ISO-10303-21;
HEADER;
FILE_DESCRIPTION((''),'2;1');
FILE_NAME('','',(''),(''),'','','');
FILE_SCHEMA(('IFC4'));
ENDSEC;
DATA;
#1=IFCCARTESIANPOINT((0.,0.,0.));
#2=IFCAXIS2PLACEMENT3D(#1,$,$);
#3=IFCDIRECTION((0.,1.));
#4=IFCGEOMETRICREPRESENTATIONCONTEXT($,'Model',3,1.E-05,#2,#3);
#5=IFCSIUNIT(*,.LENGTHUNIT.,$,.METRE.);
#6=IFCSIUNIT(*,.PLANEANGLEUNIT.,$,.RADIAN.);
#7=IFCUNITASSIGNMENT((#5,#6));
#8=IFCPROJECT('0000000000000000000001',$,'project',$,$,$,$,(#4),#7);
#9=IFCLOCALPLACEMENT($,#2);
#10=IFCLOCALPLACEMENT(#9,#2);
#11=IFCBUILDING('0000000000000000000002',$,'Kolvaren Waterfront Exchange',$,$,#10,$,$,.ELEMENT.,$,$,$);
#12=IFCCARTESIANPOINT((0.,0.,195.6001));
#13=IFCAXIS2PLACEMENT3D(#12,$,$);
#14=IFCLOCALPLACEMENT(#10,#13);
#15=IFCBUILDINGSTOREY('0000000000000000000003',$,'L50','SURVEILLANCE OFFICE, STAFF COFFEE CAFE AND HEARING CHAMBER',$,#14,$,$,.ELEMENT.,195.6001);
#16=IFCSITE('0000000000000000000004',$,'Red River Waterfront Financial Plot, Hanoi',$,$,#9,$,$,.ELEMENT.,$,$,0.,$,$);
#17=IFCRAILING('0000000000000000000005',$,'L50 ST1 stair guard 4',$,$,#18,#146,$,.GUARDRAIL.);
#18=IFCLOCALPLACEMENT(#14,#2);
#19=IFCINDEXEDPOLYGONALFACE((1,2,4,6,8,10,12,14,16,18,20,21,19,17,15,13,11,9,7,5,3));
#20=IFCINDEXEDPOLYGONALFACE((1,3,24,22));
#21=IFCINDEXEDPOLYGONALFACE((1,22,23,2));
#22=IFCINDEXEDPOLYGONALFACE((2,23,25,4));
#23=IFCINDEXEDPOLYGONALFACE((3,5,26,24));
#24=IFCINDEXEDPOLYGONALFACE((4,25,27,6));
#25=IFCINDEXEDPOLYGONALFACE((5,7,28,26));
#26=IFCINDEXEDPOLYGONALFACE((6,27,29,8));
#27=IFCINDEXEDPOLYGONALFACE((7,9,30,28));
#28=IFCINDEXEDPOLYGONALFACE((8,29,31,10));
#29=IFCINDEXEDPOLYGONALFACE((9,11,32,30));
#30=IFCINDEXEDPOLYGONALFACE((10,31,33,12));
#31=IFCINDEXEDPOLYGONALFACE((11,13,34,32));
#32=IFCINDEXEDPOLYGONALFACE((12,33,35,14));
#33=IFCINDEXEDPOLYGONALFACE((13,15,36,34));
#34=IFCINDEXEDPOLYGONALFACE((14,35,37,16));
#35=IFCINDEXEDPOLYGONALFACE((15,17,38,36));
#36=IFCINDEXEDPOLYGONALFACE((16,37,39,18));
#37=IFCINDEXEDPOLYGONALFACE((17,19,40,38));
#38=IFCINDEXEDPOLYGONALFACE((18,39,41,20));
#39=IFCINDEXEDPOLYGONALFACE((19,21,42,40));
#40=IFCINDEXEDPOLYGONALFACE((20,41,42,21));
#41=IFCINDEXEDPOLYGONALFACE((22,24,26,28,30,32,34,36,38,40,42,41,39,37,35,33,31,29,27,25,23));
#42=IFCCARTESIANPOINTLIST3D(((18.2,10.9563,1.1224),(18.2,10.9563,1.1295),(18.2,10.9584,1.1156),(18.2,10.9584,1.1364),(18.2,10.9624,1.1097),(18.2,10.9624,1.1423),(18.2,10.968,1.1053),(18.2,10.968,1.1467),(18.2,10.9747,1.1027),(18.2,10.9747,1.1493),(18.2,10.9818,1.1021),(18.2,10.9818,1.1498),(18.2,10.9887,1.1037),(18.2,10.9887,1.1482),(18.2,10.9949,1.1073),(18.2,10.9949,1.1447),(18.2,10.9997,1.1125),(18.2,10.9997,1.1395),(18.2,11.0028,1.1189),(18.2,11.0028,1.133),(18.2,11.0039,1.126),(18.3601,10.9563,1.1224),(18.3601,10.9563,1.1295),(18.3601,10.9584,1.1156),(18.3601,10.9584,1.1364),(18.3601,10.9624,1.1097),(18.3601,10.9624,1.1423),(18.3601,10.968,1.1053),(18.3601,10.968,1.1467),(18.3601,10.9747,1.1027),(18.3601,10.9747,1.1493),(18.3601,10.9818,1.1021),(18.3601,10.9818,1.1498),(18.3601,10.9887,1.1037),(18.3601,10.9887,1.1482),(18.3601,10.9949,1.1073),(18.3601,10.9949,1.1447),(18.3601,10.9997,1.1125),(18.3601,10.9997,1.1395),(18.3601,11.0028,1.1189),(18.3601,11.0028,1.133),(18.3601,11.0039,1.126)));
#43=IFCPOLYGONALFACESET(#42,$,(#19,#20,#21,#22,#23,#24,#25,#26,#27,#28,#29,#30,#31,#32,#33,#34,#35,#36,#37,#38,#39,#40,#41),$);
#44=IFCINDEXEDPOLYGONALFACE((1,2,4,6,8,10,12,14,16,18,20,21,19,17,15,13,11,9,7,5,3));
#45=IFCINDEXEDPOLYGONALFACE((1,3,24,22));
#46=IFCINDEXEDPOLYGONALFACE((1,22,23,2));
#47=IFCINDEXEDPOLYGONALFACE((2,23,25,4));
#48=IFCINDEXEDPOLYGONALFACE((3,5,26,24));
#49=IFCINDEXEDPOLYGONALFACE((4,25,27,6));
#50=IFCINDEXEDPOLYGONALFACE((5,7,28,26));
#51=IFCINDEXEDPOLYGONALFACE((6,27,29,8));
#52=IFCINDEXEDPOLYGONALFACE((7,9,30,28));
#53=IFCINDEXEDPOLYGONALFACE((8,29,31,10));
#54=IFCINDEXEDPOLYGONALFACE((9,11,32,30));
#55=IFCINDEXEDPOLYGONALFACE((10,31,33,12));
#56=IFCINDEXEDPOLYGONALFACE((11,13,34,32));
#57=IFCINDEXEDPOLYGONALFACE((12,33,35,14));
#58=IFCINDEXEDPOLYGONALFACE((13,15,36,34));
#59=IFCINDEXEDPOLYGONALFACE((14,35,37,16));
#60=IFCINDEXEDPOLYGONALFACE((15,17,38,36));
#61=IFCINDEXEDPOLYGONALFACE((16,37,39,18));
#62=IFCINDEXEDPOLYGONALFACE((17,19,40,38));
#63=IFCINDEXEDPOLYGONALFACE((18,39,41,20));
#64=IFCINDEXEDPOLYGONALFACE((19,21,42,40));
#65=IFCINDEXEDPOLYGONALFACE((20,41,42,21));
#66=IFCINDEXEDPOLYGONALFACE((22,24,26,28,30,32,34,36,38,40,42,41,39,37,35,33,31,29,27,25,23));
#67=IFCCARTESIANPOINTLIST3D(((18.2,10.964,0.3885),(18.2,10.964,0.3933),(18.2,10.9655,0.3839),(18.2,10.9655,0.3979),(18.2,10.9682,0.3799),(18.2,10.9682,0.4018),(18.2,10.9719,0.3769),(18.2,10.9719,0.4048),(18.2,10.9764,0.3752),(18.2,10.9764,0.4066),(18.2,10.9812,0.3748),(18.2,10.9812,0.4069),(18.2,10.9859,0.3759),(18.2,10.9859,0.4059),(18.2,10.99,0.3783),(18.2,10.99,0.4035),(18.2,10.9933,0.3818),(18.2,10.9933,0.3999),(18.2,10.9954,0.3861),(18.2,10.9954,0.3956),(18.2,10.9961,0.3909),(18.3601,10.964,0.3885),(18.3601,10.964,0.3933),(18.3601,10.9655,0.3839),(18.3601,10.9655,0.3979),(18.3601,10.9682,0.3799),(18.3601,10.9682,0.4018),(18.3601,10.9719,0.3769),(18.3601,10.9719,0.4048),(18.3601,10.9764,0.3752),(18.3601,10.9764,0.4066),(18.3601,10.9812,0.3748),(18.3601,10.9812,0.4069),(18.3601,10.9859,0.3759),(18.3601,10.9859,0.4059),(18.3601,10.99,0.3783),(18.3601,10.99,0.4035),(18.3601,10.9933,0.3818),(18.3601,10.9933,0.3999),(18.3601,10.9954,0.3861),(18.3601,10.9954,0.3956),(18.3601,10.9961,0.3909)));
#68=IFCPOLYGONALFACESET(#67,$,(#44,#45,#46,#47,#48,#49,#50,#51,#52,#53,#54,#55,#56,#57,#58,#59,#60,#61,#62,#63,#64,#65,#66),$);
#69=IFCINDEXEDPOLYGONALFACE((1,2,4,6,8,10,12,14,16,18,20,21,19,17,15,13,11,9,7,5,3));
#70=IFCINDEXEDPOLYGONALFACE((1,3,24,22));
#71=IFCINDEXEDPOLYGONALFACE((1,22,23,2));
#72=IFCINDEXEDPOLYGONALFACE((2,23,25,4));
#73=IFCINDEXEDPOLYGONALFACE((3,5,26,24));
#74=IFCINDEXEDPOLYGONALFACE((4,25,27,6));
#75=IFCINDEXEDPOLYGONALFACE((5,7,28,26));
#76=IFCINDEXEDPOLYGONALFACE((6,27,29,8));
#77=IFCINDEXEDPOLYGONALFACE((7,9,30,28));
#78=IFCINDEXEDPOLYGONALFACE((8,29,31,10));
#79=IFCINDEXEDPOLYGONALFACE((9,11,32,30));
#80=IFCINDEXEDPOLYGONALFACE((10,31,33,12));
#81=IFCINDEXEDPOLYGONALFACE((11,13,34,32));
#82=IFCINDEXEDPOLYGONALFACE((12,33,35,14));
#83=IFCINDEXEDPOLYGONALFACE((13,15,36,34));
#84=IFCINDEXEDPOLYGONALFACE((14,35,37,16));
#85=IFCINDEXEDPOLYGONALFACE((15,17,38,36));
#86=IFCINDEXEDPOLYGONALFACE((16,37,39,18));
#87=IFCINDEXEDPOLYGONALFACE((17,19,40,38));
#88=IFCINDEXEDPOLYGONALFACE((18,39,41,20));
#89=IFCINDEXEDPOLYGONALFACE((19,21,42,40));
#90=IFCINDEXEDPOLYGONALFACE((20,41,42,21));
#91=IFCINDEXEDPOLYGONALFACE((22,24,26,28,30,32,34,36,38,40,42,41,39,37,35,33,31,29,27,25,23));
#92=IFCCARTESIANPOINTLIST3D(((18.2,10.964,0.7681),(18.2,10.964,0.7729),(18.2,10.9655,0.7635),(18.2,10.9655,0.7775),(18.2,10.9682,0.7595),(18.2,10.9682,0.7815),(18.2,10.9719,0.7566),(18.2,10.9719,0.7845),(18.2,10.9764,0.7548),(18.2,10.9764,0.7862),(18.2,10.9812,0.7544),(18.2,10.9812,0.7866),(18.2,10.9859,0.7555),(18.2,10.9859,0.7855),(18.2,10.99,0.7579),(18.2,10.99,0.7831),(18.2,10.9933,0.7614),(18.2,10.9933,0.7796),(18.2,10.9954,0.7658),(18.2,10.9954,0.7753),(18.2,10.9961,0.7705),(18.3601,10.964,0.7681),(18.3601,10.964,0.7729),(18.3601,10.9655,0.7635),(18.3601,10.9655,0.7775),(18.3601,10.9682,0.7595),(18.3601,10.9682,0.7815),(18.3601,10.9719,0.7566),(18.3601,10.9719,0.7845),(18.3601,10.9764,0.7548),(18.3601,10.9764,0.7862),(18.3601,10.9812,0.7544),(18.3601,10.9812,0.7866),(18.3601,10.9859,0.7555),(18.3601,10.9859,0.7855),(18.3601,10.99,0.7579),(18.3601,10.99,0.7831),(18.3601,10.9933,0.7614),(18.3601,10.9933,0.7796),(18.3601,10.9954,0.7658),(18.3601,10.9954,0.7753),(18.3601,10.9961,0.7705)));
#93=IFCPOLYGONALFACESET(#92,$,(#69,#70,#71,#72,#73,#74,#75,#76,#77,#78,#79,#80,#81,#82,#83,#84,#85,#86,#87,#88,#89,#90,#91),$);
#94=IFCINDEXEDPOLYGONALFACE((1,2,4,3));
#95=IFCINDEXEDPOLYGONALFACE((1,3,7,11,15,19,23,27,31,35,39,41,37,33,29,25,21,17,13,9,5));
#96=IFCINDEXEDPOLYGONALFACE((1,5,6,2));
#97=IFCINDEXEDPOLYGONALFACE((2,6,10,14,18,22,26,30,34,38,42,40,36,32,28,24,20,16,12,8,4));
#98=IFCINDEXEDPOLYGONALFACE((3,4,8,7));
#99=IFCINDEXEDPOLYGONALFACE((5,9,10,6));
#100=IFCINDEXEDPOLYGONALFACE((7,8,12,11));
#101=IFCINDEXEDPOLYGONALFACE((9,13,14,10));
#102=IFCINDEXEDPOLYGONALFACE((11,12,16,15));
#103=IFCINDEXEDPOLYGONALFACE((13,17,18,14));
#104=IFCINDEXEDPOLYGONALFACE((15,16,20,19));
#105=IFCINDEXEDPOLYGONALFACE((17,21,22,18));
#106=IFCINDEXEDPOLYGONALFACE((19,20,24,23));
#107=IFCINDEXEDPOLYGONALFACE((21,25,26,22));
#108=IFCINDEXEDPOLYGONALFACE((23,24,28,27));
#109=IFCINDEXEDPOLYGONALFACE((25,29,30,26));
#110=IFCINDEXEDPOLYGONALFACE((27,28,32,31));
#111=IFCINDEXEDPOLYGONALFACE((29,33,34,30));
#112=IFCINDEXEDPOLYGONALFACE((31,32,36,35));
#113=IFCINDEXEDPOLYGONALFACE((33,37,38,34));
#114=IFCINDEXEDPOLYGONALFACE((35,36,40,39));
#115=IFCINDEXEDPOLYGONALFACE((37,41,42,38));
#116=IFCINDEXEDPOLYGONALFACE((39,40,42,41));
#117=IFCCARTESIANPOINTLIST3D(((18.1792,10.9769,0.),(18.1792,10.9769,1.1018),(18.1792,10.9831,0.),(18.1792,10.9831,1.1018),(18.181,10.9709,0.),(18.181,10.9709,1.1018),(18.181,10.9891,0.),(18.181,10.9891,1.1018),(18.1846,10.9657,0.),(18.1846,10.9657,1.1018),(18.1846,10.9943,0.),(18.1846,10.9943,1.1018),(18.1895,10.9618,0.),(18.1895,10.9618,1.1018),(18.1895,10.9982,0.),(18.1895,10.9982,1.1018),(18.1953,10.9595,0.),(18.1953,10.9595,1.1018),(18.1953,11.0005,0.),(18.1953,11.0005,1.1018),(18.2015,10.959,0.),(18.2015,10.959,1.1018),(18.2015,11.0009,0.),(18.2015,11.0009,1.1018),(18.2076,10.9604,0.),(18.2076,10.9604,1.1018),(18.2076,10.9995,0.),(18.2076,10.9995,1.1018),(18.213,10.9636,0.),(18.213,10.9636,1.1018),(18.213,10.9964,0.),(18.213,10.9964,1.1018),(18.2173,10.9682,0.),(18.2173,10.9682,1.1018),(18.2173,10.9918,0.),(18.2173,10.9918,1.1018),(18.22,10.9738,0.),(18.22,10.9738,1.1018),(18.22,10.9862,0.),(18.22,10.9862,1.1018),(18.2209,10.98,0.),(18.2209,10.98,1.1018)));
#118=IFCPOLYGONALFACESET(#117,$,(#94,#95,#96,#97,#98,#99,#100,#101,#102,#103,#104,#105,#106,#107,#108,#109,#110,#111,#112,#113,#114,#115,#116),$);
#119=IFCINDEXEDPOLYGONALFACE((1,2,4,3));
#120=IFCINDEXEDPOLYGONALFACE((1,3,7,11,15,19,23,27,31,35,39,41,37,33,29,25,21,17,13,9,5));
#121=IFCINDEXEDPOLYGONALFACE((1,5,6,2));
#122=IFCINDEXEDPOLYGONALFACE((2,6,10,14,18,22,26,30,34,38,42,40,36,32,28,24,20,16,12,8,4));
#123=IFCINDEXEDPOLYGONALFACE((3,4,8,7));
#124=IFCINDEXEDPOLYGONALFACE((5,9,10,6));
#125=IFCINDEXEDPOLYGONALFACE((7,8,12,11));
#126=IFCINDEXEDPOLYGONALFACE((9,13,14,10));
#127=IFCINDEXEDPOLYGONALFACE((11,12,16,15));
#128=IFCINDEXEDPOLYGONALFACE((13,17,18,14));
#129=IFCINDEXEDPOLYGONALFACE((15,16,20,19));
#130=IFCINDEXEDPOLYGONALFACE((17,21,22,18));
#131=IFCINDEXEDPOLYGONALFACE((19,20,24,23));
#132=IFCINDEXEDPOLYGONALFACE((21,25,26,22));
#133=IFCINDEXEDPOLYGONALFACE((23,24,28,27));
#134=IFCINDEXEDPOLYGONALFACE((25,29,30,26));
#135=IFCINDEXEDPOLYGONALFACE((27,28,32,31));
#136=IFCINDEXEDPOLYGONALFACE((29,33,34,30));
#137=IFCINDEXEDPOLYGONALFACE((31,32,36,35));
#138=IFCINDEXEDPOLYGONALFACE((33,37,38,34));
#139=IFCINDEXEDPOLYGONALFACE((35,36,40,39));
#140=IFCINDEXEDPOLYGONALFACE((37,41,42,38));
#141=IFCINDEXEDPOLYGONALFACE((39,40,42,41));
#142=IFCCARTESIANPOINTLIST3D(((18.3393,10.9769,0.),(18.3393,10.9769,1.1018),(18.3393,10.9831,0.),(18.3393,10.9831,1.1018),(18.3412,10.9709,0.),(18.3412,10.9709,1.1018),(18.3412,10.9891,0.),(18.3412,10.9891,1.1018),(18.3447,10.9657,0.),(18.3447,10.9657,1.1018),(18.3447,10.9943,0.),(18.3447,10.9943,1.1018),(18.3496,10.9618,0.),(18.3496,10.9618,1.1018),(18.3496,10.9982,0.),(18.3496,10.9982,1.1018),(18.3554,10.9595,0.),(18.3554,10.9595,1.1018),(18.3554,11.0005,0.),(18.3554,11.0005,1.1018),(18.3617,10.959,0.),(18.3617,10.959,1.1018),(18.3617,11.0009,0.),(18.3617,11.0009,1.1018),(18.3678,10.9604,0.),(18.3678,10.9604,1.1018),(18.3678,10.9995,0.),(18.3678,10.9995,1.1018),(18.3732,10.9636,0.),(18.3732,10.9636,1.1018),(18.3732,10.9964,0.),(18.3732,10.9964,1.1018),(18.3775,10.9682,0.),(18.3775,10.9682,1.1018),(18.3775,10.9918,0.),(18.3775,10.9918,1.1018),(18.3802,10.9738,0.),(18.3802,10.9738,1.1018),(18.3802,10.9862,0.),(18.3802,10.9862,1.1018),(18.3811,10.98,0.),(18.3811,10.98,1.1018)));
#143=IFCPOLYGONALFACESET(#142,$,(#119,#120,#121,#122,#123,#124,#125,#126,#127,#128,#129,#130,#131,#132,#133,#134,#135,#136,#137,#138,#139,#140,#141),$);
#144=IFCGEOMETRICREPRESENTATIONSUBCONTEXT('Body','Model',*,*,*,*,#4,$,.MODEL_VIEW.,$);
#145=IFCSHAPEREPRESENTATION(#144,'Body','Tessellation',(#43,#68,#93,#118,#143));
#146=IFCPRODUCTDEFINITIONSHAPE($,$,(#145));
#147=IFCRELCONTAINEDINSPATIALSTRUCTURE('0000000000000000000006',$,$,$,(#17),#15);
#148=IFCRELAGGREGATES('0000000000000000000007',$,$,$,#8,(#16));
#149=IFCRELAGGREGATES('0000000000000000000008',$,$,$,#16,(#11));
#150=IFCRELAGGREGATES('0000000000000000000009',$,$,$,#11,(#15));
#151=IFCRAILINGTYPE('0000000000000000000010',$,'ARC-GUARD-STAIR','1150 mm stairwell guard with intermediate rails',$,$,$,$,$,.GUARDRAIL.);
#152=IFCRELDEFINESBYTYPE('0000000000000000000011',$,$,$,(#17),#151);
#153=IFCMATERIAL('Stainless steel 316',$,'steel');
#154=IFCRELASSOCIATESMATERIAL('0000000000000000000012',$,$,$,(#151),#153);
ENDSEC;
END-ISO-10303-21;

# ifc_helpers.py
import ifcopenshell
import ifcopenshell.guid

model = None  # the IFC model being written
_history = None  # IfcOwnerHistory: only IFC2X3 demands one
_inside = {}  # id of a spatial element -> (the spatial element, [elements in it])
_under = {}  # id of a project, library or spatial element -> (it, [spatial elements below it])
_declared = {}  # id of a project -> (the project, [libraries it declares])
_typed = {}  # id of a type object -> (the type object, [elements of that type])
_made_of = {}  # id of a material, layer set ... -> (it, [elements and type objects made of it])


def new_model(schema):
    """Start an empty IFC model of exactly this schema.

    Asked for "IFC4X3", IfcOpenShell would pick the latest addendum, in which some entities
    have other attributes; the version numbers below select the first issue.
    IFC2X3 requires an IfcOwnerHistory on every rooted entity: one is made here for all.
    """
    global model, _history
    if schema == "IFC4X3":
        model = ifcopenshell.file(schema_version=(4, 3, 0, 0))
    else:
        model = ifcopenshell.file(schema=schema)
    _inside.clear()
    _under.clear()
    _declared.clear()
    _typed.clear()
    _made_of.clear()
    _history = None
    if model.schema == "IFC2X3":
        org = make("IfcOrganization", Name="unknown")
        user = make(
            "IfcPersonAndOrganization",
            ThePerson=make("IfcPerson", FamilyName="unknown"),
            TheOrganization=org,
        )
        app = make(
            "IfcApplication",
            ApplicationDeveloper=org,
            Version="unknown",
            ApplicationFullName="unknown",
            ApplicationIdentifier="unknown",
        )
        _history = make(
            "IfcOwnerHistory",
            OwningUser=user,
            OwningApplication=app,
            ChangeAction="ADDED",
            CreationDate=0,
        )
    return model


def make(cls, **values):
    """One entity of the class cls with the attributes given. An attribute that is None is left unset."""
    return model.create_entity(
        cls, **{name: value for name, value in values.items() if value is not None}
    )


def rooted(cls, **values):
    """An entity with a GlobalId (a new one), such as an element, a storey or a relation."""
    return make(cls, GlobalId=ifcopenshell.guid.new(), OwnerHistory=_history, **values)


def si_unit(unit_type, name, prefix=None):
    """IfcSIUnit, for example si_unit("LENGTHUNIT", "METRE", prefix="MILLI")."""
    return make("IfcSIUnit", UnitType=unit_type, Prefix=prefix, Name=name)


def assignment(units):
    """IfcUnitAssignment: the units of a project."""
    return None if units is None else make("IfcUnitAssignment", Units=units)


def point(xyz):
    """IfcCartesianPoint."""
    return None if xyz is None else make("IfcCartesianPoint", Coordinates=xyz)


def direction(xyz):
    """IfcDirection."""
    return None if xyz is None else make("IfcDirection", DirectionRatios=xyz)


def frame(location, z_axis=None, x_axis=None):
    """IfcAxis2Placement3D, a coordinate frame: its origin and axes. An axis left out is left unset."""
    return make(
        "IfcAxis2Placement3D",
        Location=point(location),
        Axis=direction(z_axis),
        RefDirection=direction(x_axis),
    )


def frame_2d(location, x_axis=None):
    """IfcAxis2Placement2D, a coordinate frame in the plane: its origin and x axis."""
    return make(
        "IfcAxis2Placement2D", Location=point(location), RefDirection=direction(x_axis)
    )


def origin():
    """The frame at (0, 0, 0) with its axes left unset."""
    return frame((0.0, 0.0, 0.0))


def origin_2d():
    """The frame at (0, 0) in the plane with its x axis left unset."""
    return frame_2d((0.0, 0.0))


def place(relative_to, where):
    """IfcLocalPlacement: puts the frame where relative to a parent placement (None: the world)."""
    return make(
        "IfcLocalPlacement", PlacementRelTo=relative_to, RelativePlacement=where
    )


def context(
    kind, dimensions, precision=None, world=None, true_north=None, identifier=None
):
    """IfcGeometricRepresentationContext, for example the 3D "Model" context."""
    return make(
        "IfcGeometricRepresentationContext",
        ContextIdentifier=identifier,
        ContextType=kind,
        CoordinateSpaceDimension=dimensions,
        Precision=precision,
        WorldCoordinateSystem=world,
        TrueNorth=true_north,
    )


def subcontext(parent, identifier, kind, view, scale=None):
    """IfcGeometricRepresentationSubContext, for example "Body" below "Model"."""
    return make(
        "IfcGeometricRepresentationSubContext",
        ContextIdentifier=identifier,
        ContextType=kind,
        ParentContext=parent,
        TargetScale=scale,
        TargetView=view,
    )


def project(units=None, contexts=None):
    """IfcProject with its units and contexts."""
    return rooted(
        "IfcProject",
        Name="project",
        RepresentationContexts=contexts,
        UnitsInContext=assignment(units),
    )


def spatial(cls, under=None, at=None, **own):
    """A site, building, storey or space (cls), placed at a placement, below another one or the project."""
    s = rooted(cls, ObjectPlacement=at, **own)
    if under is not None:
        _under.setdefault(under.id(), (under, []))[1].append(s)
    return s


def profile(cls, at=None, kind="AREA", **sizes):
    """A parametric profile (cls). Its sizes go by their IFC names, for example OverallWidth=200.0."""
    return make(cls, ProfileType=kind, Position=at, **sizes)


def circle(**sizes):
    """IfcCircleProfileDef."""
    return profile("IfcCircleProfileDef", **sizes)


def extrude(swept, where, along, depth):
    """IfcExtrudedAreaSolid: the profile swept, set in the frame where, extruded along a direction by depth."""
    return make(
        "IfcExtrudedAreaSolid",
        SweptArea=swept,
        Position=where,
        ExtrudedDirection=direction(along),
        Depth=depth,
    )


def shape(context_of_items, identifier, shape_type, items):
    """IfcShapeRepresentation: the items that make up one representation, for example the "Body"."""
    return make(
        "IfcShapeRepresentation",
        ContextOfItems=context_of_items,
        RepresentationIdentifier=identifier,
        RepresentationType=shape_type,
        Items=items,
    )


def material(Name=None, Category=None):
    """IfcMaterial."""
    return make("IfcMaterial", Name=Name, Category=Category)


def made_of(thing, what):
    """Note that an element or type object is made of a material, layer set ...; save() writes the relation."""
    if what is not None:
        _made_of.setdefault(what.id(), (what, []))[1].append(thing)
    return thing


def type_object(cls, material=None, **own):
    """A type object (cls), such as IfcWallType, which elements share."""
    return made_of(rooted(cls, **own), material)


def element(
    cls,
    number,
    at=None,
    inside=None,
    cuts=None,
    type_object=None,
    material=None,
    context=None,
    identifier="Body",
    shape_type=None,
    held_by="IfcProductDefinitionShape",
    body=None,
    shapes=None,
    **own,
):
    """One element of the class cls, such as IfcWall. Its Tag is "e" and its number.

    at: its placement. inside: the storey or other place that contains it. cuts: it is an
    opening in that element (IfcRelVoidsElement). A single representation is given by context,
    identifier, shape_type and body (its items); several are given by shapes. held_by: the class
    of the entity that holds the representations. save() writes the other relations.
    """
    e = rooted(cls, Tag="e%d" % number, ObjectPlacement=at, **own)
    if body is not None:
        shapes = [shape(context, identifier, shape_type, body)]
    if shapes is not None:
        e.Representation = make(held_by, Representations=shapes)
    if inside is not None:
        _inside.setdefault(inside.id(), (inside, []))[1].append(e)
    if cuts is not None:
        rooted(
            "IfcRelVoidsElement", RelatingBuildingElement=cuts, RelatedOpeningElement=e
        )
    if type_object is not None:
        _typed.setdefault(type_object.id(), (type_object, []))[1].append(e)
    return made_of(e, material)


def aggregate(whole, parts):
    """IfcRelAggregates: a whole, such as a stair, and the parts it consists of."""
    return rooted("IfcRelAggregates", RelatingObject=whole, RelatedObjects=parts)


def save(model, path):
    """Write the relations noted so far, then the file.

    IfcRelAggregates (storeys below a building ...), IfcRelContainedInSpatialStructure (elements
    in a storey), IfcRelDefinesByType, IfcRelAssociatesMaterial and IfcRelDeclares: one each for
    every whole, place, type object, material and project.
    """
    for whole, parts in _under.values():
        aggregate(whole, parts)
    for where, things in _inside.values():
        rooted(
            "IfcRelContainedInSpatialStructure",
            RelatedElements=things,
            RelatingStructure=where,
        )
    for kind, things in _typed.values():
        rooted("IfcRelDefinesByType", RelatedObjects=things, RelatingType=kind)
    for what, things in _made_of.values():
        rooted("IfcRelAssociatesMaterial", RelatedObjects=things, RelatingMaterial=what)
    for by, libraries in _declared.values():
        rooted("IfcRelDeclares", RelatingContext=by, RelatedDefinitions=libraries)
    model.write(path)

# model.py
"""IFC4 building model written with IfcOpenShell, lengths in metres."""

from ifc_helpers import new_model, si_unit, direction, frame, origin, origin_2d, place, context, subcontext, project, spatial, circle, extrude, material, type_object, element, save


model = new_model("IFC4")

# Units and contexts
model_context = context("Model", 3, precision=1e-05, world=origin(), true_north=direction((0.0, 1.0)))
body_context = subcontext(model_context, "Body", "Model", "MODEL_VIEW")
ifc_project = project(units=[si_unit("LENGTHUNIT", "METRE"), si_unit("PLANEANGLEUNIT", "RADIAN")], contexts=[model_context])

# Site, building, storey
site_placement = place(None, origin())
site = spatial("IfcSite", under=ifc_project, at=site_placement, Name="Red River Waterfront Financial Plot, Hanoi", CompositionType="ELEMENT", RefElevation=0.0)
building_placement = place(site_placement, origin())
building = spatial("IfcBuilding", under=site, at=building_placement, Name="Kolvaren Waterfront Exchange", CompositionType="ELEMENT")
storey_placement = place(building_placement, frame((0.0, 0.0, 195.6001)))
storey = spatial("IfcBuildingStorey", under=building, at=storey_placement, Name="L50", Description="SURVEILLANCE OFFICE, STAFF COFFEE CAFE AND HEARING CHAMBER", CompositionType="ELEMENT", Elevation=195.6001)

# Railing
ifc_material_1 = material(Name="Stainless steel 316", Category="steel")
railing_type_1 = type_object("IfcRailingType", Name="ARC-GUARD-STAIR", Description="1150 mm stairwell guard with intermediate rails", PredefinedType="GUARDRAIL", material=ifc_material_1)
railing_1_placement = place(storey_placement, frame((18.2, 10.98, 0.0)))
element("IfcRailing", 1, at=railing_1_placement, inside=storey, type_object=railing_type_1, Name="L50 ST1 stair guard 4", PredefinedType="GUARDRAIL", context=body_context, shape_type="SweptSolid", body=[
    extrude(circle(Radius=0.0239, at=origin_2d()), frame((0.0, 0.0, 1.126), z_axis=(1.0, 0.0, 0.0), x_axis=(0.0, 1.0, 0.0)), (0.0, 0.0, 1.0), 0.1602),
    extrude(circle(Radius=0.0161, at=origin_2d()), frame((0.0, 0.0, 0.3909), z_axis=(1.0, 0.0, 0.0), x_axis=(0.0, 1.0, 0.0)), (0.0, 0.0, 1.0), 0.1602),
    extrude(circle(Radius=0.0161, at=origin_2d()), frame((0.0, 0.0, 0.7705), z_axis=(1.0, 0.0, 0.0), x_axis=(0.0, 1.0, 0.0)), (0.0, 0.0, 1.0), 0.1602),
    extrude(circle(Radius=0.021, at=origin_2d()), origin(), (0.0, 0.0, 1.0), 1.1018),
    extrude(circle(Radius=0.021, at=origin_2d()), frame((0.1602, 0.0, 0.0)), (0.0, 0.0, 1.0), 1.1018),
])

save(model, "model.ifc")
